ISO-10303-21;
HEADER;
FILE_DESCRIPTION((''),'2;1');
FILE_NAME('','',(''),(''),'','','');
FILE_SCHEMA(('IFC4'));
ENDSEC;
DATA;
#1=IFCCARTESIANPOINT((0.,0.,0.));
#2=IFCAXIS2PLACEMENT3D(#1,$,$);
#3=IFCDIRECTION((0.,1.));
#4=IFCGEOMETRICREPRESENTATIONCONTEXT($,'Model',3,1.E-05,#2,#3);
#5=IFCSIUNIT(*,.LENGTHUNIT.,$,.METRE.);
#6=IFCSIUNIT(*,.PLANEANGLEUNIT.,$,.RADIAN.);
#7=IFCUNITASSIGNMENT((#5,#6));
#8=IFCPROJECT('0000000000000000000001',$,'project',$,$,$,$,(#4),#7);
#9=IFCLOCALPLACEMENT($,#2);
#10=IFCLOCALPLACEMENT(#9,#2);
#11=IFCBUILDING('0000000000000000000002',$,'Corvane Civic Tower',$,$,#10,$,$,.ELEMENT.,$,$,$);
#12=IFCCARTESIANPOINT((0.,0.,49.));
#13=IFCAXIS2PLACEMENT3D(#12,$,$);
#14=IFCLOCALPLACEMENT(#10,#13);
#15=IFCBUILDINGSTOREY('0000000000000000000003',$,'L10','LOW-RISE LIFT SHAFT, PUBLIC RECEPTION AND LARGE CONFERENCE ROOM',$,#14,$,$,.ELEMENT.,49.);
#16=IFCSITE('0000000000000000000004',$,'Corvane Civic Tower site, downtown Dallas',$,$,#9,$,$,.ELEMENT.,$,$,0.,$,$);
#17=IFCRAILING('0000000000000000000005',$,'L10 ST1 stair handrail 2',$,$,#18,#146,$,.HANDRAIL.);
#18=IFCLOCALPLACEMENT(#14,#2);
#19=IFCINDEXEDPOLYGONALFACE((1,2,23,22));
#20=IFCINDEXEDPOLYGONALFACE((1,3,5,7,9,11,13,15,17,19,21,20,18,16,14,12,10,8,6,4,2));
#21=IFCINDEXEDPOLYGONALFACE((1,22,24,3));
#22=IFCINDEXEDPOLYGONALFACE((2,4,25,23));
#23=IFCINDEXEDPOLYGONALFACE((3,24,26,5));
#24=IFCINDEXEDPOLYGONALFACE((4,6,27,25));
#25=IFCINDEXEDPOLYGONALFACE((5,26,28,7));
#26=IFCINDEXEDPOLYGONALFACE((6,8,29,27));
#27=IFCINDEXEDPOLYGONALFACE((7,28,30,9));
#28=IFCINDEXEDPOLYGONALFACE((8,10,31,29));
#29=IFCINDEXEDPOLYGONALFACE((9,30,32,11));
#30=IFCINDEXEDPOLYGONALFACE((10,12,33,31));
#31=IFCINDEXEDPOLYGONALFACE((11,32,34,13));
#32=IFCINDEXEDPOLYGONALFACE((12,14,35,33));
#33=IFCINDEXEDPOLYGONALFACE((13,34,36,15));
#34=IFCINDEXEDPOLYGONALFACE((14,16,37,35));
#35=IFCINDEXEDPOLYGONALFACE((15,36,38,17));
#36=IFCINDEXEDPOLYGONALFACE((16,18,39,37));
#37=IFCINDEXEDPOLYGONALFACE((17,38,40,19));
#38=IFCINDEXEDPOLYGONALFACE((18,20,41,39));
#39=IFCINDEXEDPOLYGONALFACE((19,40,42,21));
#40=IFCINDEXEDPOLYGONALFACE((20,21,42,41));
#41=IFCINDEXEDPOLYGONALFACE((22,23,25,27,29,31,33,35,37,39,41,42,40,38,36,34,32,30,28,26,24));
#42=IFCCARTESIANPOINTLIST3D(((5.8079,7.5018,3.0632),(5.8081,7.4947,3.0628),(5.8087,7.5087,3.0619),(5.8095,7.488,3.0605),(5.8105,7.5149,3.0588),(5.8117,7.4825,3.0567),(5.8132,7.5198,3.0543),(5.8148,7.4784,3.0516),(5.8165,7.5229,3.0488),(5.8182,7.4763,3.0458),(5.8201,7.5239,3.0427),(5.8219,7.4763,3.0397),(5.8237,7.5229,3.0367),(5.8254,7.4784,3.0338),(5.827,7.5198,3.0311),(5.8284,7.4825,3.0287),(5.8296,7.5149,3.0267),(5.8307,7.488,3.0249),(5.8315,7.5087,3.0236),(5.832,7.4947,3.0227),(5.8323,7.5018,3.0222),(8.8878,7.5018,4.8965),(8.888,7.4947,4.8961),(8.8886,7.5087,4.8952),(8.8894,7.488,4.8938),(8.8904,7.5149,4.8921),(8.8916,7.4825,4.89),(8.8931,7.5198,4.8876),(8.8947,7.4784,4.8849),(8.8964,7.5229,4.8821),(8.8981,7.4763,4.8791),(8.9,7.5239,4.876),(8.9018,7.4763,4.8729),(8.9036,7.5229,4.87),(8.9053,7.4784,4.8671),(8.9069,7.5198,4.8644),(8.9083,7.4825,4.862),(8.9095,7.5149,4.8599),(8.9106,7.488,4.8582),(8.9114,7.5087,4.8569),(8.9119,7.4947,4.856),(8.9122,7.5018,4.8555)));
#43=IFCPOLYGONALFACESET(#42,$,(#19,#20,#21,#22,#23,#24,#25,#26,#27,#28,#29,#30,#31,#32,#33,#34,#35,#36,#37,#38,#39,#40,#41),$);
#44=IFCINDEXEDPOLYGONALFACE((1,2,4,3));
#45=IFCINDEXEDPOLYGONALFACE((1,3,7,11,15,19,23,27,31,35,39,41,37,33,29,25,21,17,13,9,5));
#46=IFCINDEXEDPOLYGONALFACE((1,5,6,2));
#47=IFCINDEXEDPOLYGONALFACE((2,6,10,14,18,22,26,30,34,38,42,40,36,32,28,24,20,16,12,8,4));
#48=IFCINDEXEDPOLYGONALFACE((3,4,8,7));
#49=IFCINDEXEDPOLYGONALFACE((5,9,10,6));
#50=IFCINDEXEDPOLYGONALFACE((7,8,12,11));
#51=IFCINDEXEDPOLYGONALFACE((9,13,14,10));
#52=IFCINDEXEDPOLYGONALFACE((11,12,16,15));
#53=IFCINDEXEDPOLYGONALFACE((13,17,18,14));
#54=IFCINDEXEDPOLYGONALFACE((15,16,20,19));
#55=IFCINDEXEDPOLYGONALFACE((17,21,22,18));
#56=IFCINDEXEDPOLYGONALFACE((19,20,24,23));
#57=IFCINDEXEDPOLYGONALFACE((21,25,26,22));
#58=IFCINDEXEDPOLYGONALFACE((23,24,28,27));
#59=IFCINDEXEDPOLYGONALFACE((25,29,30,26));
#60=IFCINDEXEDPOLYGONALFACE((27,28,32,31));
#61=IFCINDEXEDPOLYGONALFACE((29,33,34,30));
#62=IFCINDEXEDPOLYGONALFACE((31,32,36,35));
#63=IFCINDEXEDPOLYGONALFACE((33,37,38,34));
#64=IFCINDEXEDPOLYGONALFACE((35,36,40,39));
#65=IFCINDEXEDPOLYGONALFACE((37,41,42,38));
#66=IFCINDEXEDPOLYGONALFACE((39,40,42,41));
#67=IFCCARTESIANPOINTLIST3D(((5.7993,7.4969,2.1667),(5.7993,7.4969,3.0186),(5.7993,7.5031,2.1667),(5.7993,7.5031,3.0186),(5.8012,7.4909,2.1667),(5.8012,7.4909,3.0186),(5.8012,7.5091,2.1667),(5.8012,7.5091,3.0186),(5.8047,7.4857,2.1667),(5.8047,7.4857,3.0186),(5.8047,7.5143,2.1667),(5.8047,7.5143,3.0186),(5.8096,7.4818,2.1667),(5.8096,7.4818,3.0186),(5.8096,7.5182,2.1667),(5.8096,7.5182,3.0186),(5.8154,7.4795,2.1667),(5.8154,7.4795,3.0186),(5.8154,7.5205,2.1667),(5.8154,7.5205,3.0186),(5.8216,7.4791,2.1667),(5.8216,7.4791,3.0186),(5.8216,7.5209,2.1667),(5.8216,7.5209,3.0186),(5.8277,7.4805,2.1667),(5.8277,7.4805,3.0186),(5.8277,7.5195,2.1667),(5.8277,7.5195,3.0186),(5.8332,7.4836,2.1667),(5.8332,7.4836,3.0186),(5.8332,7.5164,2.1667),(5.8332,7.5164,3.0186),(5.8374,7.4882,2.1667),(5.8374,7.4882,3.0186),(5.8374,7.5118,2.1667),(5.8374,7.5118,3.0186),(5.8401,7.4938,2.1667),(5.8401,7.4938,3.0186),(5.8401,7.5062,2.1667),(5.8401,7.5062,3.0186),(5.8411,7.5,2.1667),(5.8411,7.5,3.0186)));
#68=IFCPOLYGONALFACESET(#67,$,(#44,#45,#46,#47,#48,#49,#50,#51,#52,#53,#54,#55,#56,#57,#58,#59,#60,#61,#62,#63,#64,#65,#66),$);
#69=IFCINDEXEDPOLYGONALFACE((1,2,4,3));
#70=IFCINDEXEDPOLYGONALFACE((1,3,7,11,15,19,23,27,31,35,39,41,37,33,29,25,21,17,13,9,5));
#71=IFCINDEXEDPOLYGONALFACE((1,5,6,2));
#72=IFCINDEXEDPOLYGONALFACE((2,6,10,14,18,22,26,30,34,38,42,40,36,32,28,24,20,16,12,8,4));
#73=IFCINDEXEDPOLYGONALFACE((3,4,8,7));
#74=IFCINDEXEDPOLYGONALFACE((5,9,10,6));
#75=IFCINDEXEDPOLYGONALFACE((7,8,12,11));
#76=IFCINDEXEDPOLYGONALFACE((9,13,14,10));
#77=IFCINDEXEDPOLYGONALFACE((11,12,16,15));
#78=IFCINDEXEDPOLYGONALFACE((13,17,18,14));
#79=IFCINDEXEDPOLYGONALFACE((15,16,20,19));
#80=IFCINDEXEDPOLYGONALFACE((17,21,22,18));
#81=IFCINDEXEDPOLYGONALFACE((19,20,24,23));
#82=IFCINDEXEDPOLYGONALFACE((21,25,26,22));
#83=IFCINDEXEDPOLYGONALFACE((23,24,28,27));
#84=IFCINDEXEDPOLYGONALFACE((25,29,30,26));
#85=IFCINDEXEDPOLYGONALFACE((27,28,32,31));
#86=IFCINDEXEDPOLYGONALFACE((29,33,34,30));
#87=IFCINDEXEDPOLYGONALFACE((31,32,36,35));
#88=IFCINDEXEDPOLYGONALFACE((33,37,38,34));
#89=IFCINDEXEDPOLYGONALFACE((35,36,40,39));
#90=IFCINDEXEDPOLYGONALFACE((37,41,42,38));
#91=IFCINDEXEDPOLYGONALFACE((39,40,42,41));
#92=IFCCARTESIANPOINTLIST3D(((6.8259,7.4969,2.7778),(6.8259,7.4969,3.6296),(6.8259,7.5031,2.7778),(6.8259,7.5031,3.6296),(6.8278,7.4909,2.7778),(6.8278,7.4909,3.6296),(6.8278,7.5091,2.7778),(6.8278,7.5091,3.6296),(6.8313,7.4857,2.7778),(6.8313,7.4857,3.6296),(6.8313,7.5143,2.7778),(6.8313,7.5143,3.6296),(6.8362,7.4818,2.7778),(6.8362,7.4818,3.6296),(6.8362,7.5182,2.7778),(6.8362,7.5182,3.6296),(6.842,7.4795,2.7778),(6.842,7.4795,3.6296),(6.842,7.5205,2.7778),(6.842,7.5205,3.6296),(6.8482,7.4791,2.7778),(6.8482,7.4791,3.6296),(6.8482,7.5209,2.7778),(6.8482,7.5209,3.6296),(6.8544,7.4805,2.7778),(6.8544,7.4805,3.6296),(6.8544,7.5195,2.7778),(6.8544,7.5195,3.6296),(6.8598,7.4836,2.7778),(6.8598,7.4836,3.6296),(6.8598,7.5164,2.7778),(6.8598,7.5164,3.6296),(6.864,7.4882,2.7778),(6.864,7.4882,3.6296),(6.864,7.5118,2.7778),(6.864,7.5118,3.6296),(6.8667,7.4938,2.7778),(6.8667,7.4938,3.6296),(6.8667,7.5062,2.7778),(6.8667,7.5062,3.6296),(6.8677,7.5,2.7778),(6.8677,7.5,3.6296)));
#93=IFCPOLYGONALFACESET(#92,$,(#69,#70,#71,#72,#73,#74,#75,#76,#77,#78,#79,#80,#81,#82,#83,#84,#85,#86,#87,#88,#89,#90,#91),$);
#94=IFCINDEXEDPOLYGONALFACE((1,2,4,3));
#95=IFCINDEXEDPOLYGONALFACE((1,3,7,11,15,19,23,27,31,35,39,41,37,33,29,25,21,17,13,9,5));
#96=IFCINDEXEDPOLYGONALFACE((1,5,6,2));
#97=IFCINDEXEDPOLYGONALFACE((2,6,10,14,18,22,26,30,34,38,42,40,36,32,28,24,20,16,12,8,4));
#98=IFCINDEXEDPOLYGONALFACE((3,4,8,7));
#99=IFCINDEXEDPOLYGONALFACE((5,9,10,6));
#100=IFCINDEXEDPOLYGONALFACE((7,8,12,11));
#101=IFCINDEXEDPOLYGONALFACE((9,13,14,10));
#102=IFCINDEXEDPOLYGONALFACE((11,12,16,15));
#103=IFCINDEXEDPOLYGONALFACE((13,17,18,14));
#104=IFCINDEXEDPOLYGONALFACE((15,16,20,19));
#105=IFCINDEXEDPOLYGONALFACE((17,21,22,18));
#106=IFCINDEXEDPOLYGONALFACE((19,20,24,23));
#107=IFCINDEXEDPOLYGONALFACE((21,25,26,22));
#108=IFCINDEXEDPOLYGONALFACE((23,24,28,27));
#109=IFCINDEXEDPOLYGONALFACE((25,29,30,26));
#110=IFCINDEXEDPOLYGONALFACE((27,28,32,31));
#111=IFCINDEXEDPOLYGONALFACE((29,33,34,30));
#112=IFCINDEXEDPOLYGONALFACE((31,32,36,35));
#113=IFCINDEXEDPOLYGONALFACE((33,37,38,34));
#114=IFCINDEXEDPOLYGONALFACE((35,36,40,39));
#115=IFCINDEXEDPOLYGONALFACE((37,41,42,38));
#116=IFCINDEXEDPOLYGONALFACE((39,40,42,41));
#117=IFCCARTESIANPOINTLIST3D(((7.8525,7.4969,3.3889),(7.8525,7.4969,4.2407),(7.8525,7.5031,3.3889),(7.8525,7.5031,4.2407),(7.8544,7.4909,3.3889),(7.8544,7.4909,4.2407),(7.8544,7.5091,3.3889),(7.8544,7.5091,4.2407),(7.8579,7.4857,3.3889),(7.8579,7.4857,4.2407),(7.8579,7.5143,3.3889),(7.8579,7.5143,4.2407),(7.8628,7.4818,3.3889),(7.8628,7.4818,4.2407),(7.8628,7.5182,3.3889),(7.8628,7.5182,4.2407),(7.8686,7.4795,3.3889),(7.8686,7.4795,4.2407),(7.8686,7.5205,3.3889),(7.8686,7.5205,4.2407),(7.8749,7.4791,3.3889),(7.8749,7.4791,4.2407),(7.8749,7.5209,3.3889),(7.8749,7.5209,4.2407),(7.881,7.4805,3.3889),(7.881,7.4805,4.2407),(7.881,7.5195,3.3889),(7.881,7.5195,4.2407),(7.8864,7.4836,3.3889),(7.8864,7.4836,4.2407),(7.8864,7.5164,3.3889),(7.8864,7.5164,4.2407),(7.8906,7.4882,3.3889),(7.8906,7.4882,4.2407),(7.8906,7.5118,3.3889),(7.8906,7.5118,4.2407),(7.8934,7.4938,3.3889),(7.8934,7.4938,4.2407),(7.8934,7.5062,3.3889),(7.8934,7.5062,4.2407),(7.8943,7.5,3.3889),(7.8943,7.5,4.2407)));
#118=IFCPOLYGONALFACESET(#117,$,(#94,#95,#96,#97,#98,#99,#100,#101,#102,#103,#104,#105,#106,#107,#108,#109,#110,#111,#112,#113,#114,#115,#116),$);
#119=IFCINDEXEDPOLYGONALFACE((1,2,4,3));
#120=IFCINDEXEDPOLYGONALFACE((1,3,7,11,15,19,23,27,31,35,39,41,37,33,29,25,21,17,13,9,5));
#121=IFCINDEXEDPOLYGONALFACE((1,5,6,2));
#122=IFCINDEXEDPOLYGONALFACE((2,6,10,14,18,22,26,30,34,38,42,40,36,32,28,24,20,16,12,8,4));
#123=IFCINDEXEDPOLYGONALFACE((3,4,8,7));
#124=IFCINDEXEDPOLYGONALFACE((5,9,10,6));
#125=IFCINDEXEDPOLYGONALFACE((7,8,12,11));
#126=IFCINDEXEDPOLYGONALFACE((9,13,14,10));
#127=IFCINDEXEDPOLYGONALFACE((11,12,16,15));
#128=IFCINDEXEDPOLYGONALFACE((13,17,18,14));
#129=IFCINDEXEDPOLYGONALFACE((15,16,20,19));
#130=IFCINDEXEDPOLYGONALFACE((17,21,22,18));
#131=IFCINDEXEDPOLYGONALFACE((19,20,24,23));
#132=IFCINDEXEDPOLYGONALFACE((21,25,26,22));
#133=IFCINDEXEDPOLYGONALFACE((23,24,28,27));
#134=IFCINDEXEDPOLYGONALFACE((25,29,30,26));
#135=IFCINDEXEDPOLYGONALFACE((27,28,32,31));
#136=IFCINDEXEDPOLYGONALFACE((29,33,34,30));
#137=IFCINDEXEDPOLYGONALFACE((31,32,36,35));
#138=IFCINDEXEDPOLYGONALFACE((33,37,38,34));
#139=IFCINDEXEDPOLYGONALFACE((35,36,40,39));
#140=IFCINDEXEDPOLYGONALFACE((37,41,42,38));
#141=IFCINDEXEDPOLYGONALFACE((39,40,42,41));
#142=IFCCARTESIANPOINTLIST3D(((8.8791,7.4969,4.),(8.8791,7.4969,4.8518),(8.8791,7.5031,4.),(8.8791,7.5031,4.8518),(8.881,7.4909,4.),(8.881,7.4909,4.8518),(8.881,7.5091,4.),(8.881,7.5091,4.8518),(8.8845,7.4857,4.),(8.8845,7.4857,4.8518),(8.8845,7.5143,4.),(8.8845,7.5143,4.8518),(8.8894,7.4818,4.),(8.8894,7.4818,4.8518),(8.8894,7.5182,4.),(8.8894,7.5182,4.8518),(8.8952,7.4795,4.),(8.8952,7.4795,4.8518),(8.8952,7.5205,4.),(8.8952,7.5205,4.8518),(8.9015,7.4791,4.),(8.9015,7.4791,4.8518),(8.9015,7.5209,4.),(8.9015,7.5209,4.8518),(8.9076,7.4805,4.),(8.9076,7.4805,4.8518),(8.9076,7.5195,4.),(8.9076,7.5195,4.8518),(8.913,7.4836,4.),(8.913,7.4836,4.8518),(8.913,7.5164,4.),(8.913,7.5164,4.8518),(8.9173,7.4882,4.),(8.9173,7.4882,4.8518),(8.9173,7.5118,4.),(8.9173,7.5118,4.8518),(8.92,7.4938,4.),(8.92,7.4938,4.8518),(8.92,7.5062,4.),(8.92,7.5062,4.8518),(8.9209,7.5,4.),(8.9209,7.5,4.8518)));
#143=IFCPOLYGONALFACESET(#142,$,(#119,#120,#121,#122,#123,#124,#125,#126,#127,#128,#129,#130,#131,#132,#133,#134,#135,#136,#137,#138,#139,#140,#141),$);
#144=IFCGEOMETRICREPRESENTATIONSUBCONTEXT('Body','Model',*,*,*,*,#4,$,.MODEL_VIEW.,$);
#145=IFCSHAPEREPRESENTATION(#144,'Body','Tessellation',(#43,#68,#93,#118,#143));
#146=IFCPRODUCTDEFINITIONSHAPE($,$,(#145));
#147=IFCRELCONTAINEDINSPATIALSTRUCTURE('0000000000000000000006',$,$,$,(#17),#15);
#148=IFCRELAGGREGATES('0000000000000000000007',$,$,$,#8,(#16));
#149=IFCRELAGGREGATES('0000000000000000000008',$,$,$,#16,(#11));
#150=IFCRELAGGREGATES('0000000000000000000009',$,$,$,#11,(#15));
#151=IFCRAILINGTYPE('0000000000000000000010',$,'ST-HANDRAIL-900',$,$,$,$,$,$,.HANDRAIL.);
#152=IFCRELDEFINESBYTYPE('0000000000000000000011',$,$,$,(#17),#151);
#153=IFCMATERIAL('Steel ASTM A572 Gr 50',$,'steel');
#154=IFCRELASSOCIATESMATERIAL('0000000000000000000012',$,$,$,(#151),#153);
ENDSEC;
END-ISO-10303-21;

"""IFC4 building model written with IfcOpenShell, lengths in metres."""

from ifc_helpers import new_model, si_unit, direction, frame, origin, origin_2d, place, context, subcontext, project, spatial, circle, extrude, material, type_object, element, save


model = new_model("IFC4")

# Units and contexts
model_context = context("Model", 3, precision=1e-05, world=origin(), true_north=direction((0.0, 1.0)))
body_context = subcontext(model_context, "Body", "Model", "MODEL_VIEW")
ifc_project = project(units=[si_unit("LENGTHUNIT", "METRE"), si_unit("PLANEANGLEUNIT", "RADIAN")], contexts=[model_context])

# Site, building, storey
site_placement = place(None, origin())
site = spatial("IfcSite", under=ifc_project, at=site_placement, Name="Corvane Civic Tower site, downtown Dallas", CompositionType="ELEMENT", RefElevation=0.0)
building_placement = place(site_placement, origin())
building = spatial("IfcBuilding", under=site, at=building_placement, Name="Corvane Civic Tower", CompositionType="ELEMENT")
storey_placement = place(building_placement, frame((0.0, 0.0, 49.0)))
storey = spatial("IfcBuildingStorey", under=building, at=storey_placement, Name="L10", Description="LOW-RISE LIFT SHAFT, PUBLIC RECEPTION AND LARGE CONFERENCE ROOM", CompositionType="ELEMENT", Elevation=49.0)

# Railing
ifc_material_1 = material(Name="Steel ASTM A572 Gr 50", Category="steel")
railing_type_1 = type_object("IfcRailingType", Name="ST-HANDRAIL-900", PredefinedType="HANDRAIL", material=ifc_material_1)
railing_1_placement = place(storey_placement, frame((5.8201, 7.5, 2.1667)))
element("IfcRailing", 1, at=railing_1_placement, inside=storey, type_object=railing_type_1, Name="L10 ST1 stair handrail 2", PredefinedType="HANDRAIL", context=body_context, shape_type="SweptSolid", body=[
    extrude(circle(Radius=0.0239, at=origin_2d()), frame((0.0, 0.0, 0.876), z_axis=(0.859291, 0.0, 0.511487), x_axis=(0.0, 1.0, 0.0)), (0.0, 0.0, 1.0), 3.5842),
    extrude(circle(Radius=0.021, at=origin_2d()), origin(), (0.0, 0.0, 1.0), 0.8518),
    extrude(circle(Radius=0.021, at=origin_2d()), frame((1.0266, 0.0, 0.6111)), (0.0, 0.0, 1.0), 0.8518),
    extrude(circle(Radius=0.021, at=origin_2d()), frame((2.0532, 0.0, 1.2222)), (0.0, 0.0, 1.0), 0.8518),
    extrude(circle(Radius=0.021, at=origin_2d()), frame((3.0798, 0.0, 1.8333)), (0.0, 0.0, 1.0), 0.8518),
])

save(model, "model.ifc")
